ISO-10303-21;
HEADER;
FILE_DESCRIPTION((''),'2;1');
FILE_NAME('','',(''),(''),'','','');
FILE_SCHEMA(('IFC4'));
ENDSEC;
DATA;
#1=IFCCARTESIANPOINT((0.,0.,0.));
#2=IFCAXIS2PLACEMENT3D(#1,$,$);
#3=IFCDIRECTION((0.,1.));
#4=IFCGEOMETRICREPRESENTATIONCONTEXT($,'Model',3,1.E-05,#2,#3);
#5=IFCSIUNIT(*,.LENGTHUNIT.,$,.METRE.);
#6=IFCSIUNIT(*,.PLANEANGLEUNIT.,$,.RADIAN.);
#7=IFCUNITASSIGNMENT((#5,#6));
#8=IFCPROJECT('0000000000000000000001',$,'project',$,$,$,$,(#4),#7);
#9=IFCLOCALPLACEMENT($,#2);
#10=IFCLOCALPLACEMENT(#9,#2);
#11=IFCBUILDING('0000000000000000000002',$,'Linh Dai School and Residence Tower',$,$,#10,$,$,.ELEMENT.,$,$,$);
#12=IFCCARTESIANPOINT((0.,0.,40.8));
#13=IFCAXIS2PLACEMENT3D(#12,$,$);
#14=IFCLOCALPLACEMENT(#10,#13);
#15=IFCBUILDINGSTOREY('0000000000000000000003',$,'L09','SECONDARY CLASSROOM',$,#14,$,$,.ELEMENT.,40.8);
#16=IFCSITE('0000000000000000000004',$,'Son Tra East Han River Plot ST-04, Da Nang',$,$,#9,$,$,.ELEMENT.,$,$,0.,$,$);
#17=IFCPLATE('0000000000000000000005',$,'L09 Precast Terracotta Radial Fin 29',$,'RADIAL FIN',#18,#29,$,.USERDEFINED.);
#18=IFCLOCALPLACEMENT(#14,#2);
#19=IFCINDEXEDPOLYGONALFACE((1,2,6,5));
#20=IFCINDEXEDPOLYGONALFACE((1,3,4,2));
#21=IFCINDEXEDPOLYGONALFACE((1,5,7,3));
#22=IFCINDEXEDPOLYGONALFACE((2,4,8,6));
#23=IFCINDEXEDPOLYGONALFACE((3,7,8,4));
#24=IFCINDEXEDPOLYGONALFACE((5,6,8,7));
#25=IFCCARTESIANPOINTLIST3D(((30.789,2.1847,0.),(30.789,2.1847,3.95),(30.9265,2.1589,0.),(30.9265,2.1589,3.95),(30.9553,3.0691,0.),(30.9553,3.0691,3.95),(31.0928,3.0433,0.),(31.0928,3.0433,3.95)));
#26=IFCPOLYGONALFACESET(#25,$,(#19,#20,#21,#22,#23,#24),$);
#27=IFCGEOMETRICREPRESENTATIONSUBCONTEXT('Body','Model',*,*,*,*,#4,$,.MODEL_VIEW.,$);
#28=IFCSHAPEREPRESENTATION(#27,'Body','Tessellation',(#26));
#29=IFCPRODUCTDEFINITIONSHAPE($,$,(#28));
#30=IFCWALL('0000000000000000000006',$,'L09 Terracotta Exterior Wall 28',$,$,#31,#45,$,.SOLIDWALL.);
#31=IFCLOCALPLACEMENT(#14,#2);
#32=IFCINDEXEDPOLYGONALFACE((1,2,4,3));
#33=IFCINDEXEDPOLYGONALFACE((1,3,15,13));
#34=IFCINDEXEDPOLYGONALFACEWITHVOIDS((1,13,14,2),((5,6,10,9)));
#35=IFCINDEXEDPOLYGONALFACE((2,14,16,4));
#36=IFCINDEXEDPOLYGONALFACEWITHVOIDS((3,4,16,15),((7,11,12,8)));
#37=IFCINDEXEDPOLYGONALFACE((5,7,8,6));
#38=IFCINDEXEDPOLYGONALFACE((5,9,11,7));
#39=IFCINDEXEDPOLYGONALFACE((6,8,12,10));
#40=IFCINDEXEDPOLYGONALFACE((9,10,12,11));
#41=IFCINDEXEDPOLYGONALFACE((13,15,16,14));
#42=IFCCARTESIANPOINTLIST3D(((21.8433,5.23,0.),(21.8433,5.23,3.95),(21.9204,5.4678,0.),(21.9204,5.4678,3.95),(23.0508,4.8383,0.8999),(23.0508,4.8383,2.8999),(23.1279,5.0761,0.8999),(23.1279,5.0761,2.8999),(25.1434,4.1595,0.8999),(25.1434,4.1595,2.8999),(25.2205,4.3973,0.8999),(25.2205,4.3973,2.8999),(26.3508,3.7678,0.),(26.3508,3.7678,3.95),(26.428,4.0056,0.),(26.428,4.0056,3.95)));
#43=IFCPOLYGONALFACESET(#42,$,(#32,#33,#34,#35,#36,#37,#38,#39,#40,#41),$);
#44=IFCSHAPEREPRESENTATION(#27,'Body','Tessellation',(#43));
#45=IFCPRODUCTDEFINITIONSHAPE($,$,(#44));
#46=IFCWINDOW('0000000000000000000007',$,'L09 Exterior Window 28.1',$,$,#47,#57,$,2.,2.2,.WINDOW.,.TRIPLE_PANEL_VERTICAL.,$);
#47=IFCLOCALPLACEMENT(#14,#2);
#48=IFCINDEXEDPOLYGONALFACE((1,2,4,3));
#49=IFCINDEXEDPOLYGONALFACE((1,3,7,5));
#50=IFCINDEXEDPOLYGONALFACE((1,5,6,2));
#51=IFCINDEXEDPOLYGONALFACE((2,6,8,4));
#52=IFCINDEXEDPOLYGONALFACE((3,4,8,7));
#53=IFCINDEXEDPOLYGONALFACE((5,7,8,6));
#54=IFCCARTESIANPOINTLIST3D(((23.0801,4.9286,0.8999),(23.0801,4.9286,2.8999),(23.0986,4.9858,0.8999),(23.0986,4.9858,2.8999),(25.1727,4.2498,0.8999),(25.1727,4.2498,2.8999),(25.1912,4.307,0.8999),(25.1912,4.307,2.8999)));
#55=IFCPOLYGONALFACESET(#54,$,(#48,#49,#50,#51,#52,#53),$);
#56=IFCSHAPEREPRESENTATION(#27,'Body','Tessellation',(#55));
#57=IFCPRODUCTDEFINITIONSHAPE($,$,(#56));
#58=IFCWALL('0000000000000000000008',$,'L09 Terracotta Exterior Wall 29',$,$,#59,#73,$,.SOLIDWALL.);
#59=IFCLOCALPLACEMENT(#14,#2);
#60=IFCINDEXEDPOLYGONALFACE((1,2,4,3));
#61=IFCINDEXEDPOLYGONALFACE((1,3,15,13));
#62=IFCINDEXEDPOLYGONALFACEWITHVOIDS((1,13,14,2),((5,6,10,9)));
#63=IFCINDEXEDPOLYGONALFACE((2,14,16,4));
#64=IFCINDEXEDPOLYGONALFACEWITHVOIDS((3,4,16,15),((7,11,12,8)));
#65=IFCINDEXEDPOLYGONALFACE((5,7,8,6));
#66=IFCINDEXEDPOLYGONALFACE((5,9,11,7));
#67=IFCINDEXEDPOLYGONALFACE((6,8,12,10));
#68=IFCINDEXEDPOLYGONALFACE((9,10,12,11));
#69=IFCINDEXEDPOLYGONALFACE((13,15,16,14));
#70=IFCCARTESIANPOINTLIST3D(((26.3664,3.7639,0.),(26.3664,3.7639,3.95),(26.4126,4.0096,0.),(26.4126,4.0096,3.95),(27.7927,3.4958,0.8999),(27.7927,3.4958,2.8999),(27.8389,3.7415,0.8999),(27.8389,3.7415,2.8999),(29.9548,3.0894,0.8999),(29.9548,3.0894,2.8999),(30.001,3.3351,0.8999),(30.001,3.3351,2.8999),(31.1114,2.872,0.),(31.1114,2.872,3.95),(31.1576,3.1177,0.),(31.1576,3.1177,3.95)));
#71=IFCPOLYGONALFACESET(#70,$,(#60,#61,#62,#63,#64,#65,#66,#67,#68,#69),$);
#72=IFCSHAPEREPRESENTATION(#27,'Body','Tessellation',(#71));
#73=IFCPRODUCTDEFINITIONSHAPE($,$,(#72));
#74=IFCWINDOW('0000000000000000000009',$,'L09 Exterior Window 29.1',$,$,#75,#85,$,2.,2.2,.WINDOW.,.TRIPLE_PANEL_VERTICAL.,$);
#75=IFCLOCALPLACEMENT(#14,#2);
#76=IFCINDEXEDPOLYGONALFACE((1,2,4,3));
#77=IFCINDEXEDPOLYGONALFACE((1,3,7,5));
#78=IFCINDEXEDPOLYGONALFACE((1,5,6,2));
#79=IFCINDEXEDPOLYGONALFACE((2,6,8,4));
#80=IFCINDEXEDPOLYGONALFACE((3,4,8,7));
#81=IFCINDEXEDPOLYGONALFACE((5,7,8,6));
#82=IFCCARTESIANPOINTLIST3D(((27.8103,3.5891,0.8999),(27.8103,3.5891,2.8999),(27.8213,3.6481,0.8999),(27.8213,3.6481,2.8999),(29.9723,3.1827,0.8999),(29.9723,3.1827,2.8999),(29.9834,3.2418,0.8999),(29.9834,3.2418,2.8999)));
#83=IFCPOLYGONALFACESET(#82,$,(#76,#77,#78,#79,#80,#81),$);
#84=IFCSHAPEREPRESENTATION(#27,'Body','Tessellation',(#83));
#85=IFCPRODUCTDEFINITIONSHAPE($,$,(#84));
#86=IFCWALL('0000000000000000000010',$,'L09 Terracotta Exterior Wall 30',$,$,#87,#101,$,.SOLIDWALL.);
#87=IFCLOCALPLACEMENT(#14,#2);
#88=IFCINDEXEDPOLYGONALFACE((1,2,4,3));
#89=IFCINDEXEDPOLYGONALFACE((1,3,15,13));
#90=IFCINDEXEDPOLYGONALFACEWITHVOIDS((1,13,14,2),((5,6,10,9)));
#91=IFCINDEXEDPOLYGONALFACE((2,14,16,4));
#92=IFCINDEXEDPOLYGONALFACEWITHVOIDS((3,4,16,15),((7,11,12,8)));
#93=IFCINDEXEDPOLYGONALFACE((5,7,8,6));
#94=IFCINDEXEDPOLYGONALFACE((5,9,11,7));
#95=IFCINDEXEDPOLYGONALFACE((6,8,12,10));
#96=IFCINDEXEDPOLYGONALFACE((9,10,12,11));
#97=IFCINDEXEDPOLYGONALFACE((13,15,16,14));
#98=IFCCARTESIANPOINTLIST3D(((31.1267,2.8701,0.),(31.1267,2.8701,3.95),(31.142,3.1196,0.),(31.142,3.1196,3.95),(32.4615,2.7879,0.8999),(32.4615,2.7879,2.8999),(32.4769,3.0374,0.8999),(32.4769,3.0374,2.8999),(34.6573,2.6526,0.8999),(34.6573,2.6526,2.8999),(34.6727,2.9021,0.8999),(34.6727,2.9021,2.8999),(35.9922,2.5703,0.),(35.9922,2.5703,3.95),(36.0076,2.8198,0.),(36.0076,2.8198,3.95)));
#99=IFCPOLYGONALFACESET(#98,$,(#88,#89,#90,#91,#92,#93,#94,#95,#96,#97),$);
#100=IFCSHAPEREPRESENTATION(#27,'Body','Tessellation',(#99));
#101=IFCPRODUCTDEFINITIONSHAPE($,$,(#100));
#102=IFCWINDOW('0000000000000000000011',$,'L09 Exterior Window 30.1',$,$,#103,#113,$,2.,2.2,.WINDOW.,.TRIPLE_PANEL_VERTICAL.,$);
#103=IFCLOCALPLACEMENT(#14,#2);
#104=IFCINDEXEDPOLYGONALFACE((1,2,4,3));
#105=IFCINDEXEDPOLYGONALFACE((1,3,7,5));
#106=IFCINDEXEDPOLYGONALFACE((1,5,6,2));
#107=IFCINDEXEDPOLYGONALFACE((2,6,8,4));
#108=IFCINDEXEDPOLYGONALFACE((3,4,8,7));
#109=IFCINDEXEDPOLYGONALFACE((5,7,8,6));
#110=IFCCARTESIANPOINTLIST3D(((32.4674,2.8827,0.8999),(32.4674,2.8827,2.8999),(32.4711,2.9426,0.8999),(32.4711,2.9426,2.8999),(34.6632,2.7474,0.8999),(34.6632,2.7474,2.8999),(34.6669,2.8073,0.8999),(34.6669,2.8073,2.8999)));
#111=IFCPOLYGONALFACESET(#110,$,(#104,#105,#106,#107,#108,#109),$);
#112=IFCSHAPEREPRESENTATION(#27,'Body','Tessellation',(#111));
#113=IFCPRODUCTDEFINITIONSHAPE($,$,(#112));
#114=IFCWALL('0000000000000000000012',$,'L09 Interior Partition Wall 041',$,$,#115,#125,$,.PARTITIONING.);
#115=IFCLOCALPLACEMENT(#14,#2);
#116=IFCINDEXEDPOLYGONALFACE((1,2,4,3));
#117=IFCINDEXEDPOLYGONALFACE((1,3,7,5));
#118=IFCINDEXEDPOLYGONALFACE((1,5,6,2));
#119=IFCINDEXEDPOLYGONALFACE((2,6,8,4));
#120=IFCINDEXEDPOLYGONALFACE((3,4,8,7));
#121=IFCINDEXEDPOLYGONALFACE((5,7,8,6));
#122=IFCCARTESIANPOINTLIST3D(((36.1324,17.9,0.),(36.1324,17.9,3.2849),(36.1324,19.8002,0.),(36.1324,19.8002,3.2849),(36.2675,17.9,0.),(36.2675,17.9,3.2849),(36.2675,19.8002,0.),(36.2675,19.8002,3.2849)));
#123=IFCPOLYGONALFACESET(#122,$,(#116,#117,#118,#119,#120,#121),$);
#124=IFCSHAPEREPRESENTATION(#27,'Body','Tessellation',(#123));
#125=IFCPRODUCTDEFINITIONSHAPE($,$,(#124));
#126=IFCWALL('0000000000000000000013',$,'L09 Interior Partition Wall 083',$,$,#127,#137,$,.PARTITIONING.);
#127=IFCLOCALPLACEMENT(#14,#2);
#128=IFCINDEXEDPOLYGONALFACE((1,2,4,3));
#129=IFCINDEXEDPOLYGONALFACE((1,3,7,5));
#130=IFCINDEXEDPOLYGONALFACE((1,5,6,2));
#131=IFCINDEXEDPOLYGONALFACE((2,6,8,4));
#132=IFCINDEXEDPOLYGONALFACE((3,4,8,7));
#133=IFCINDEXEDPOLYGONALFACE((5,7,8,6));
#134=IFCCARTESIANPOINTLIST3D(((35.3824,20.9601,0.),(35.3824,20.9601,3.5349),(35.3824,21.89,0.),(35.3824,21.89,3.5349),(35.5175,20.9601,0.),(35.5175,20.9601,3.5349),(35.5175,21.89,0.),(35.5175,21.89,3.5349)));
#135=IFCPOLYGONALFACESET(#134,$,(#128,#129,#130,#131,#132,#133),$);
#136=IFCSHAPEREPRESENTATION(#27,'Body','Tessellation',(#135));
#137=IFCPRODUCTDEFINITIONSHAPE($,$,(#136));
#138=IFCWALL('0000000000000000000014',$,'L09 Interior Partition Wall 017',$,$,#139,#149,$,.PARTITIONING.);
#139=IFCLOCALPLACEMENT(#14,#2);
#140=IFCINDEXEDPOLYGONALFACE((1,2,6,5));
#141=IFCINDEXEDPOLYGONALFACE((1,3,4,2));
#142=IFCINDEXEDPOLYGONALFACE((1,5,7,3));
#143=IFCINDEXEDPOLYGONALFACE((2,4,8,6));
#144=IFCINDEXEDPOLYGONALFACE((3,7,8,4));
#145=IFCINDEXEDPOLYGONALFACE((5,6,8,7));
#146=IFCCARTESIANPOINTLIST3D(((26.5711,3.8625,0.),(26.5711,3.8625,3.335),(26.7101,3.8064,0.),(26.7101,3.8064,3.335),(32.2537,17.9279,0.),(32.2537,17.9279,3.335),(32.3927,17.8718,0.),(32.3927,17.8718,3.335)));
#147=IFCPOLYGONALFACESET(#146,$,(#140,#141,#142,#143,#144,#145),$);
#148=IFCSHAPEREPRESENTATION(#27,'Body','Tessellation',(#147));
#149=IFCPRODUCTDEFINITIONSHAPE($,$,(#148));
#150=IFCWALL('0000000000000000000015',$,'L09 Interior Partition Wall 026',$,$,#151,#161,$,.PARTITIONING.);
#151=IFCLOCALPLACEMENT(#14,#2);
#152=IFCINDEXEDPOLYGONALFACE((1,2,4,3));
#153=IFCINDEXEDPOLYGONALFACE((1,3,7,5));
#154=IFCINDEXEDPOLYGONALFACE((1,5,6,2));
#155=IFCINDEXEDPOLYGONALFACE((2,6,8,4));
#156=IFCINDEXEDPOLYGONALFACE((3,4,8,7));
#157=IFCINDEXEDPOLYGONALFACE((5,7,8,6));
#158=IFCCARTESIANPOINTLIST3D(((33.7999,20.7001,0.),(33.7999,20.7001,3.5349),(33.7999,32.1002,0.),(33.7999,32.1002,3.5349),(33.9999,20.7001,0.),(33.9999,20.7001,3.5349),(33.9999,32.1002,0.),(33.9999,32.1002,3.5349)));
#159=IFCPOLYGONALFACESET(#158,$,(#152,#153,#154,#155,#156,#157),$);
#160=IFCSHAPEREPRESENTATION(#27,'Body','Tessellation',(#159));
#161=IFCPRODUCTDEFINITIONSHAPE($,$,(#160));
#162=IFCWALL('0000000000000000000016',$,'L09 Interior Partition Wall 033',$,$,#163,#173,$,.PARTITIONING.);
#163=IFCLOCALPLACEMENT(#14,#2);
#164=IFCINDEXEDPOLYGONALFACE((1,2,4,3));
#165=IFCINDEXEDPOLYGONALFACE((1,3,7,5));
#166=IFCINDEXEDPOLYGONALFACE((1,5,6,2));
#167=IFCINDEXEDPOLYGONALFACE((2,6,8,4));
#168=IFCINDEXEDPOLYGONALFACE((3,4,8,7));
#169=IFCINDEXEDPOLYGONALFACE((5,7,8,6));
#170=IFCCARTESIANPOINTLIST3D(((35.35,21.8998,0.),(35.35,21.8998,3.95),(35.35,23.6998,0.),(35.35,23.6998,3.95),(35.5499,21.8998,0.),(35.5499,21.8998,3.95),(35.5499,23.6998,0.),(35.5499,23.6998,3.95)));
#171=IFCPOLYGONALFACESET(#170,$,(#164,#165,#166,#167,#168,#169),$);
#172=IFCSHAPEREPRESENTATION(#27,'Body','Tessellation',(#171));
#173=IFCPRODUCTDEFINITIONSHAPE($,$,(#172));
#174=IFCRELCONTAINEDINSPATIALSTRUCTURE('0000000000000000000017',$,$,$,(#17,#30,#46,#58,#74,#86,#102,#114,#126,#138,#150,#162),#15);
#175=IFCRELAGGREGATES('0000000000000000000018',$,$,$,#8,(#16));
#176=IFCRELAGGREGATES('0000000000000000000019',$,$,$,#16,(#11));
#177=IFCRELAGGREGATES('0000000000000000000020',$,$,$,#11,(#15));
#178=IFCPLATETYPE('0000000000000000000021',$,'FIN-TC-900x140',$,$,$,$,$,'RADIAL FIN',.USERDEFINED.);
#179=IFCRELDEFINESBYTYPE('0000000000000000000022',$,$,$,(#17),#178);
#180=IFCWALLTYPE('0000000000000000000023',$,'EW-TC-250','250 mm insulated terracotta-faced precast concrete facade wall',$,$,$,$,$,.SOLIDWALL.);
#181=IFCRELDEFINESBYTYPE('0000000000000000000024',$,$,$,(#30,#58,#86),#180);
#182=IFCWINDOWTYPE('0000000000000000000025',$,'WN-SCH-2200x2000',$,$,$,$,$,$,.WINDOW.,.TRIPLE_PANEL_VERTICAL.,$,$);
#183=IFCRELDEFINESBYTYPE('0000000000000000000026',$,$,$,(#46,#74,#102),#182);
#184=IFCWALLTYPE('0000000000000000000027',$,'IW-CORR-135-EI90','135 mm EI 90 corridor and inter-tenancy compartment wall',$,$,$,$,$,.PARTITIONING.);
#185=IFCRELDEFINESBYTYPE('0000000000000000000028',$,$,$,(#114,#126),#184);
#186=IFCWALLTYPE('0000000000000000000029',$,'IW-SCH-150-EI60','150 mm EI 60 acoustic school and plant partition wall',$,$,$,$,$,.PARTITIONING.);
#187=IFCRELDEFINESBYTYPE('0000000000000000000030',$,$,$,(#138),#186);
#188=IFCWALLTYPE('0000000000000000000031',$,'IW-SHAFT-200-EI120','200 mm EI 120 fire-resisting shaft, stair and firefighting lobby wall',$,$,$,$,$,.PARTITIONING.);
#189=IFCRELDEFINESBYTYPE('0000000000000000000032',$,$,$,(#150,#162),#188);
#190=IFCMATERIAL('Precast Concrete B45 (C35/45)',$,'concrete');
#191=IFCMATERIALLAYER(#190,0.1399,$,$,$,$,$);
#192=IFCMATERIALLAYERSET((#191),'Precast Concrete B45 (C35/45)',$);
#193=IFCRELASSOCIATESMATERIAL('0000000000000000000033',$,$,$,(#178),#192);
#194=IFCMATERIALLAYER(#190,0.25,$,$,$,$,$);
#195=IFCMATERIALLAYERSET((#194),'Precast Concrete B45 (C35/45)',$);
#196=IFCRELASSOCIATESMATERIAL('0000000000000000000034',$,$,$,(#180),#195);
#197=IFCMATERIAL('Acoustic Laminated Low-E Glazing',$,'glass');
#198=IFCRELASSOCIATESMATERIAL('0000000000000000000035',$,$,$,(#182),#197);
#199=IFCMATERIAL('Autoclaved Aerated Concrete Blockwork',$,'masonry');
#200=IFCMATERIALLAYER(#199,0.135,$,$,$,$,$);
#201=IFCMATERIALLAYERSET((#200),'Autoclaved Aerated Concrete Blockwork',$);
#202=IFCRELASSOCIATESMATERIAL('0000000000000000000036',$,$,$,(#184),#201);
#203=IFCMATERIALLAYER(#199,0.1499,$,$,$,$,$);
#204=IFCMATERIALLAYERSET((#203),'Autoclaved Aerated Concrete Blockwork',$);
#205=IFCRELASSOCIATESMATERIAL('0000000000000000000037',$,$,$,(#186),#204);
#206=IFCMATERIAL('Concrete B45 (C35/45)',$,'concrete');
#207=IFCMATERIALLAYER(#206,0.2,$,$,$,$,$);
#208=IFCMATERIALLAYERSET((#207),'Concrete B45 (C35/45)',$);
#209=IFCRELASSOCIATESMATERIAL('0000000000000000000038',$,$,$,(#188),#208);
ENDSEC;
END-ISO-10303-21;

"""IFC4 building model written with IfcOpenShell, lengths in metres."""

from ifc_helpers import new_model, si_unit, direction, frame, frame_2d, origin, origin_2d, place, context, subcontext, project, spatial, rectangle, extrude, source, transform, mapped, material, layer, layer_set, type_object, element, fill, save


model = new_model("IFC4")

# Units and contexts
model_context = context("Model", 3, precision=1e-05, world=origin(), true_north=direction((0.0, 1.0)))
body_context = subcontext(model_context, "Body", "Model", "MODEL_VIEW")
ifc_project = project(units=[si_unit("LENGTHUNIT", "METRE"), si_unit("PLANEANGLEUNIT", "RADIAN")], contexts=[model_context])

# Site, building, storey
site_placement = place(None, origin())
site = spatial("IfcSite", under=ifc_project, at=site_placement, Name="Son Tra East Han River Plot ST-04, Da Nang", CompositionType="ELEMENT", RefElevation=0.0)
building_placement = place(site_placement, origin())
building = spatial("IfcBuilding", under=site, at=building_placement, Name="Linh Dai School and Residence Tower", CompositionType="ELEMENT")
storey_placement = place(building_placement, frame((0.0, 0.0, 40.8)))
storey = spatial("IfcBuildingStorey", under=building, at=storey_placement, Name="L09", Description="SECONDARY CLASSROOM", CompositionType="ELEMENT", Elevation=40.8)

# Plate
ifc_material_1 = material(Name="Precast Concrete B45 (C35/45)", Category="concrete")
ifc_layer_1 = layer(ifc_material_1, 0.1399)
ifc_layer_set_1 = layer_set([ifc_layer_1], Name="Precast Concrete B45 (C35/45)")
plate_type = type_object("IfcPlateType", Name="FIN-TC-900x140", ElementType="RADIAL FIN", PredefinedType="USERDEFINED", material=ifc_layer_set_1)
shared_shape_1 = source(origin(), body_context, "Body", "SweptSolid", [
    extrude(rectangle(XDim=0.8999, YDim=0.1399, at=origin_2d()), origin(), (0.0, 0.0, 1.0), 3.95),
])
plate_placement = place(storey_placement, frame((30.9409, 2.614, 0.0), z_axis=(0.0, 0.0, 1.0), x_axis=(-0.184748, -0.982786, 0.0)))
element("IfcPlate", 1, at=plate_placement, inside=storey, type_object=plate_type, Name="L09 Precast Terracotta Radial Fin 29", ObjectType="RADIAL FIN", PredefinedType="USERDEFINED", context=body_context, shape_type="MappedRepresentation", body=[
    mapped(shared_shape_1, transform((0.0, 0.0, 0.0), x_axis=(1.0, 0.0, 0.0), y_axis=(0.0, 1.0, 0.0), z_axis=(0.0, 0.0, 1.0), scale=1.0)),
])

# Walls, openings, windows
ifc_layer_2 = layer(ifc_material_1, 0.25)
ifc_layer_set_2 = layer_set([ifc_layer_2], Name="Precast Concrete B45 (C35/45)")
wall_type_1 = type_object("IfcWallType", Name="EW-TC-250", Description="250 mm insulated terracotta-faced precast concrete facade wall", PredefinedType="SOLIDWALL", material=ifc_layer_set_2)
wall_1_placement = place(storey_placement, frame((26.3894, 3.8867, 0.0), z_axis=(0.0, 0.0, 1.0), x_axis=(-0.951208, 0.308551, 0.0)))
wall_1 = element("IfcWall", 2, at=wall_1_placement, inside=storey, type_object=wall_type_1, Name="L09 Terracotta Exterior Wall 28", PredefinedType="SOLIDWALL", context=body_context, shape_type="SweptSolid", body=[
    extrude(rectangle(XDim=4.7388, YDim=0.25, at=frame_2d((2.3694, 0.0))), origin(), (0.0, 0.0, 1.0), 3.95),
])
opening_1_placement = place(wall_1_placement, frame((1.2693, 0.0, 0.8999)))
opening_1 = element("IfcOpeningElement", 3, at=opening_1_placement, cuts=wall_1, PredefinedType="OPENING", context=body_context, shape_type="SweptSolid", body=[
    extrude(rectangle(XDim=2.2, YDim=2.0, at=origin_2d()), frame((1.1001, 0.135, 1.0), z_axis=(0.0, -1.0, 0.0), x_axis=(1.0, 0.0, 0.0)), (0.0, 0.0, 1.0), 0.27),
])
ifc_material_2 = material(Name="Acoustic Laminated Low-E Glazing", Category="glass")
window_type = type_object("IfcWindowType", Name="WN-SCH-2200x2000", PartitioningType="TRIPLE_PANEL_VERTICAL", PredefinedType="WINDOW", material=ifc_material_2)
shared_shape_2 = source(origin(), body_context, "Body", "SweptSolid", [
    extrude(rectangle(XDim=2.2, YDim=2.0, at=origin_2d()), frame((1.1001, 0.03, 1.0), z_axis=(0.0, -1.0, 0.0), x_axis=(1.0, 0.0, 0.0)), (0.0, 0.0, 1.0), 0.0601),
])
window_1_placement = place(opening_1_placement, origin())
window_1 = element("IfcWindow", 4, at=window_1_placement, inside=storey, type_object=window_type, Name="L09 Exterior Window 28.1", OverallHeight=2.0, OverallWidth=2.2, PartitioningType="TRIPLE_PANEL_VERTICAL", PredefinedType="WINDOW", context=body_context, shape_type="MappedRepresentation", body=[
    mapped(shared_shape_2, transform((0.0, 0.0, 0.0), x_axis=(1.0, 0.0, 0.0), y_axis=(0.0, 1.0, 0.0), z_axis=(0.0, 0.0, 1.0), scale=1.0)),
])
fill(opening_1, window_1)
wall_2_placement = place(storey_placement, frame((31.1345, 2.9949, 0.0), z_axis=(0.0, 0.0, 1.0), x_axis=(-0.982792, 0.184716, 0.0)))
wall_2 = element("IfcWall", 5, at=wall_2_placement, inside=storey, type_object=wall_type_1, Name="L09 Terracotta Exterior Wall 29", PredefinedType="SOLIDWALL", context=body_context, shape_type="SweptSolid", body=[
    extrude(rectangle(XDim=4.8281, YDim=0.25, at=frame_2d((2.4141, 0.0))), origin(), (0.0, 0.0, 1.0), 3.95),
])
opening_2_placement = place(wall_2_placement, frame((1.1768, 0.0, 0.8999)))
opening_2 = element("IfcOpeningElement", 6, at=opening_2_placement, cuts=wall_2, PredefinedType="OPENING", context=body_context, shape_type="SweptSolid", body=[
    extrude(rectangle(XDim=2.2, YDim=2.0, at=origin_2d()), frame((1.1001, 0.135, 1.0), z_axis=(0.0, -1.0, 0.0), x_axis=(1.0, 0.0, 0.0)), (0.0, 0.0, 1.0), 0.27),
])
window_2_placement = place(opening_2_placement, origin())
window_2 = element("IfcWindow", 7, at=window_2_placement, inside=storey, type_object=window_type, Name="L09 Exterior Window 29.1", OverallHeight=2.0, OverallWidth=2.2, PartitioningType="TRIPLE_PANEL_VERTICAL", PredefinedType="WINDOW", context=body_context, shape_type="MappedRepresentation", body=[
    mapped(shared_shape_2, transform((0.0, 0.0, 0.0), x_axis=(1.0, 0.0, 0.0), y_axis=(0.0, 1.0, 0.0), z_axis=(0.0, 0.0, 1.0), scale=1.0)),
])
fill(opening_2, window_2)
wall_3_placement = place(storey_placement, frame((36.0, 2.6951, 0.0), z_axis=(0.0, 0.0, 1.0), x_axis=(-0.998107, 0.061502, 0.0)))
wall_3 = element("IfcWall", 8, at=wall_3_placement, inside=storey, type_object=wall_type_1, Name="L09 Terracotta Exterior Wall 30", PredefinedType="SOLIDWALL", context=body_context, shape_type="SweptSolid", body=[
    extrude(rectangle(XDim=4.8748, YDim=0.25, at=frame_2d((2.4375, 0.0))), origin(), (0.0, 0.0, 1.0), 3.95),
])
opening_3_placement = place(wall_3_placement, frame((1.3374, 0.0, 0.8999)))
opening_3 = element("IfcOpeningElement", 9, at=opening_3_placement, cuts=wall_3, PredefinedType="OPENING", context=body_context, shape_type="SweptSolid", body=[
    extrude(rectangle(XDim=2.2, YDim=2.0, at=origin_2d()), frame((1.1001, 0.135, 1.0), z_axis=(0.0, -1.0, 0.0), x_axis=(1.0, 0.0, 0.0)), (0.0, 0.0, 1.0), 0.27),
])
window_3_placement = place(opening_3_placement, origin())
window_3 = element("IfcWindow", 10, at=window_3_placement, inside=storey, type_object=window_type, Name="L09 Exterior Window 30.1", OverallHeight=2.0, OverallWidth=2.2, PartitioningType="TRIPLE_PANEL_VERTICAL", PredefinedType="WINDOW", context=body_context, shape_type="MappedRepresentation", body=[
    mapped(shared_shape_2, transform((0.0, 0.0, 0.0), x_axis=(1.0, 0.0, 0.0), y_axis=(0.0, 1.0, 0.0), z_axis=(0.0, 0.0, 1.0), scale=1.0)),
])
fill(opening_3, window_3)

# Walls
ifc_material_3 = material(Name="Autoclaved Aerated Concrete Blockwork", Category="masonry")
ifc_layer_3 = layer(ifc_material_3, 0.135)
ifc_layer_set_3 = layer_set([ifc_layer_3], Name="Autoclaved Aerated Concrete Blockwork")
wall_type_2 = type_object("IfcWallType", Name="IW-CORR-135-EI90", Description="135 mm EI 90 corridor and inter-tenancy compartment wall", PredefinedType="PARTITIONING", material=ifc_layer_set_3)
wall_4_placement = place(storey_placement, frame((36.2, 17.8999, 0.0), z_axis=(0.0, 0.0, 1.0), x_axis=(0.0, 1.0, 0.0)))
element("IfcWall", 11, at=wall_4_placement, inside=storey, type_object=wall_type_2, Name="L09 Interior Partition Wall 041", PredefinedType="PARTITIONING", context=body_context, shape_type="SweptSolid", body=[
    extrude(rectangle(XDim=1.9001, YDim=0.135, at=frame_2d((0.9502, 0.0))), origin(), (0.0, 0.0, 1.0), 3.2849),
])
wall_5_placement = place(storey_placement, frame((35.45, 21.8899, 0.0), z_axis=(0.0, 0.0, 1.0), x_axis=(0.0, -1.0, 0.0)))
element("IfcWall", 12, at=wall_5_placement, inside=storey, type_object=wall_type_2, Name="L09 Interior Partition Wall 083", PredefinedType="PARTITIONING", context=body_context, shape_type="SweptSolid", body=[
    extrude(rectangle(XDim=0.9299, YDim=0.135, at=frame_2d((0.4648, 0.0))), origin(), (0.0, 0.0, 1.0), 3.5349),
])
ifc_layer_4 = layer(ifc_material_3, 0.1499)
ifc_layer_set_4 = layer_set([ifc_layer_4], Name="Autoclaved Aerated Concrete Blockwork")
wall_type_3 = type_object("IfcWallType", Name="IW-SCH-150-EI60", Description="150 mm EI 60 acoustic school and plant partition wall", PredefinedType="PARTITIONING", material=ifc_layer_set_4)
wall_6_placement = place(storey_placement, frame((26.6406, 3.8345, 0.0), z_axis=(0.0, 0.0, 1.0), x_axis=(0.374596, 0.927188, 0.0)))
element("IfcWall", 13, at=wall_6_placement, inside=storey, type_object=wall_type_3, Name="L09 Interior Partition Wall 017", PredefinedType="PARTITIONING", context=body_context, shape_type="SweptSolid", body=[
    extrude(rectangle(XDim=15.1699, YDim=0.1499, at=frame_2d((7.585, 0.0))), origin(), (0.0, 0.0, 1.0), 3.335),
])
ifc_material_4 = material(Name="Concrete B45 (C35/45)", Category="concrete")
ifc_layer_5 = layer(ifc_material_4, 0.2)
ifc_layer_set_5 = layer_set([ifc_layer_5], Name="Concrete B45 (C35/45)")
wall_type_4 = type_object("IfcWallType", Name="IW-SHAFT-200-EI120", Description="200 mm EI 120 fire-resisting shaft, stair and firefighting lobby wall", PredefinedType="PARTITIONING", material=ifc_layer_set_5)
wall_7_placement = place(storey_placement, frame((33.8999, 20.7, 0.0), z_axis=(0.0, 0.0, 1.0), x_axis=(0.0, 1.0, 0.0)))
element("IfcWall", 14, at=wall_7_placement, inside=storey, type_object=wall_type_4, Name="L09 Interior Partition Wall 026", PredefinedType="PARTITIONING", context=body_context, shape_type="SweptSolid", body=[
    extrude(rectangle(XDim=11.4001, YDim=0.2, at=frame_2d((5.7002, 0.0))), origin(), (0.0, 0.0, 1.0), 3.5349),
])
wall_8_placement = place(storey_placement, frame((35.45, 21.8999, 0.0), z_axis=(0.0, 0.0, 1.0), x_axis=(0.0, 1.0, 0.0)))
element("IfcWall", 15, at=wall_8_placement, inside=storey, type_object=wall_type_4, Name="L09 Interior Partition Wall 033", PredefinedType="PARTITIONING", context=body_context, shape_type="SweptSolid", body=[
    extrude(rectangle(XDim=1.8, YDim=0.2, at=frame_2d((0.8999, 0.0))), origin(), (0.0, 0.0, 1.0), 3.95),
])

save(model, "model.ifc")
